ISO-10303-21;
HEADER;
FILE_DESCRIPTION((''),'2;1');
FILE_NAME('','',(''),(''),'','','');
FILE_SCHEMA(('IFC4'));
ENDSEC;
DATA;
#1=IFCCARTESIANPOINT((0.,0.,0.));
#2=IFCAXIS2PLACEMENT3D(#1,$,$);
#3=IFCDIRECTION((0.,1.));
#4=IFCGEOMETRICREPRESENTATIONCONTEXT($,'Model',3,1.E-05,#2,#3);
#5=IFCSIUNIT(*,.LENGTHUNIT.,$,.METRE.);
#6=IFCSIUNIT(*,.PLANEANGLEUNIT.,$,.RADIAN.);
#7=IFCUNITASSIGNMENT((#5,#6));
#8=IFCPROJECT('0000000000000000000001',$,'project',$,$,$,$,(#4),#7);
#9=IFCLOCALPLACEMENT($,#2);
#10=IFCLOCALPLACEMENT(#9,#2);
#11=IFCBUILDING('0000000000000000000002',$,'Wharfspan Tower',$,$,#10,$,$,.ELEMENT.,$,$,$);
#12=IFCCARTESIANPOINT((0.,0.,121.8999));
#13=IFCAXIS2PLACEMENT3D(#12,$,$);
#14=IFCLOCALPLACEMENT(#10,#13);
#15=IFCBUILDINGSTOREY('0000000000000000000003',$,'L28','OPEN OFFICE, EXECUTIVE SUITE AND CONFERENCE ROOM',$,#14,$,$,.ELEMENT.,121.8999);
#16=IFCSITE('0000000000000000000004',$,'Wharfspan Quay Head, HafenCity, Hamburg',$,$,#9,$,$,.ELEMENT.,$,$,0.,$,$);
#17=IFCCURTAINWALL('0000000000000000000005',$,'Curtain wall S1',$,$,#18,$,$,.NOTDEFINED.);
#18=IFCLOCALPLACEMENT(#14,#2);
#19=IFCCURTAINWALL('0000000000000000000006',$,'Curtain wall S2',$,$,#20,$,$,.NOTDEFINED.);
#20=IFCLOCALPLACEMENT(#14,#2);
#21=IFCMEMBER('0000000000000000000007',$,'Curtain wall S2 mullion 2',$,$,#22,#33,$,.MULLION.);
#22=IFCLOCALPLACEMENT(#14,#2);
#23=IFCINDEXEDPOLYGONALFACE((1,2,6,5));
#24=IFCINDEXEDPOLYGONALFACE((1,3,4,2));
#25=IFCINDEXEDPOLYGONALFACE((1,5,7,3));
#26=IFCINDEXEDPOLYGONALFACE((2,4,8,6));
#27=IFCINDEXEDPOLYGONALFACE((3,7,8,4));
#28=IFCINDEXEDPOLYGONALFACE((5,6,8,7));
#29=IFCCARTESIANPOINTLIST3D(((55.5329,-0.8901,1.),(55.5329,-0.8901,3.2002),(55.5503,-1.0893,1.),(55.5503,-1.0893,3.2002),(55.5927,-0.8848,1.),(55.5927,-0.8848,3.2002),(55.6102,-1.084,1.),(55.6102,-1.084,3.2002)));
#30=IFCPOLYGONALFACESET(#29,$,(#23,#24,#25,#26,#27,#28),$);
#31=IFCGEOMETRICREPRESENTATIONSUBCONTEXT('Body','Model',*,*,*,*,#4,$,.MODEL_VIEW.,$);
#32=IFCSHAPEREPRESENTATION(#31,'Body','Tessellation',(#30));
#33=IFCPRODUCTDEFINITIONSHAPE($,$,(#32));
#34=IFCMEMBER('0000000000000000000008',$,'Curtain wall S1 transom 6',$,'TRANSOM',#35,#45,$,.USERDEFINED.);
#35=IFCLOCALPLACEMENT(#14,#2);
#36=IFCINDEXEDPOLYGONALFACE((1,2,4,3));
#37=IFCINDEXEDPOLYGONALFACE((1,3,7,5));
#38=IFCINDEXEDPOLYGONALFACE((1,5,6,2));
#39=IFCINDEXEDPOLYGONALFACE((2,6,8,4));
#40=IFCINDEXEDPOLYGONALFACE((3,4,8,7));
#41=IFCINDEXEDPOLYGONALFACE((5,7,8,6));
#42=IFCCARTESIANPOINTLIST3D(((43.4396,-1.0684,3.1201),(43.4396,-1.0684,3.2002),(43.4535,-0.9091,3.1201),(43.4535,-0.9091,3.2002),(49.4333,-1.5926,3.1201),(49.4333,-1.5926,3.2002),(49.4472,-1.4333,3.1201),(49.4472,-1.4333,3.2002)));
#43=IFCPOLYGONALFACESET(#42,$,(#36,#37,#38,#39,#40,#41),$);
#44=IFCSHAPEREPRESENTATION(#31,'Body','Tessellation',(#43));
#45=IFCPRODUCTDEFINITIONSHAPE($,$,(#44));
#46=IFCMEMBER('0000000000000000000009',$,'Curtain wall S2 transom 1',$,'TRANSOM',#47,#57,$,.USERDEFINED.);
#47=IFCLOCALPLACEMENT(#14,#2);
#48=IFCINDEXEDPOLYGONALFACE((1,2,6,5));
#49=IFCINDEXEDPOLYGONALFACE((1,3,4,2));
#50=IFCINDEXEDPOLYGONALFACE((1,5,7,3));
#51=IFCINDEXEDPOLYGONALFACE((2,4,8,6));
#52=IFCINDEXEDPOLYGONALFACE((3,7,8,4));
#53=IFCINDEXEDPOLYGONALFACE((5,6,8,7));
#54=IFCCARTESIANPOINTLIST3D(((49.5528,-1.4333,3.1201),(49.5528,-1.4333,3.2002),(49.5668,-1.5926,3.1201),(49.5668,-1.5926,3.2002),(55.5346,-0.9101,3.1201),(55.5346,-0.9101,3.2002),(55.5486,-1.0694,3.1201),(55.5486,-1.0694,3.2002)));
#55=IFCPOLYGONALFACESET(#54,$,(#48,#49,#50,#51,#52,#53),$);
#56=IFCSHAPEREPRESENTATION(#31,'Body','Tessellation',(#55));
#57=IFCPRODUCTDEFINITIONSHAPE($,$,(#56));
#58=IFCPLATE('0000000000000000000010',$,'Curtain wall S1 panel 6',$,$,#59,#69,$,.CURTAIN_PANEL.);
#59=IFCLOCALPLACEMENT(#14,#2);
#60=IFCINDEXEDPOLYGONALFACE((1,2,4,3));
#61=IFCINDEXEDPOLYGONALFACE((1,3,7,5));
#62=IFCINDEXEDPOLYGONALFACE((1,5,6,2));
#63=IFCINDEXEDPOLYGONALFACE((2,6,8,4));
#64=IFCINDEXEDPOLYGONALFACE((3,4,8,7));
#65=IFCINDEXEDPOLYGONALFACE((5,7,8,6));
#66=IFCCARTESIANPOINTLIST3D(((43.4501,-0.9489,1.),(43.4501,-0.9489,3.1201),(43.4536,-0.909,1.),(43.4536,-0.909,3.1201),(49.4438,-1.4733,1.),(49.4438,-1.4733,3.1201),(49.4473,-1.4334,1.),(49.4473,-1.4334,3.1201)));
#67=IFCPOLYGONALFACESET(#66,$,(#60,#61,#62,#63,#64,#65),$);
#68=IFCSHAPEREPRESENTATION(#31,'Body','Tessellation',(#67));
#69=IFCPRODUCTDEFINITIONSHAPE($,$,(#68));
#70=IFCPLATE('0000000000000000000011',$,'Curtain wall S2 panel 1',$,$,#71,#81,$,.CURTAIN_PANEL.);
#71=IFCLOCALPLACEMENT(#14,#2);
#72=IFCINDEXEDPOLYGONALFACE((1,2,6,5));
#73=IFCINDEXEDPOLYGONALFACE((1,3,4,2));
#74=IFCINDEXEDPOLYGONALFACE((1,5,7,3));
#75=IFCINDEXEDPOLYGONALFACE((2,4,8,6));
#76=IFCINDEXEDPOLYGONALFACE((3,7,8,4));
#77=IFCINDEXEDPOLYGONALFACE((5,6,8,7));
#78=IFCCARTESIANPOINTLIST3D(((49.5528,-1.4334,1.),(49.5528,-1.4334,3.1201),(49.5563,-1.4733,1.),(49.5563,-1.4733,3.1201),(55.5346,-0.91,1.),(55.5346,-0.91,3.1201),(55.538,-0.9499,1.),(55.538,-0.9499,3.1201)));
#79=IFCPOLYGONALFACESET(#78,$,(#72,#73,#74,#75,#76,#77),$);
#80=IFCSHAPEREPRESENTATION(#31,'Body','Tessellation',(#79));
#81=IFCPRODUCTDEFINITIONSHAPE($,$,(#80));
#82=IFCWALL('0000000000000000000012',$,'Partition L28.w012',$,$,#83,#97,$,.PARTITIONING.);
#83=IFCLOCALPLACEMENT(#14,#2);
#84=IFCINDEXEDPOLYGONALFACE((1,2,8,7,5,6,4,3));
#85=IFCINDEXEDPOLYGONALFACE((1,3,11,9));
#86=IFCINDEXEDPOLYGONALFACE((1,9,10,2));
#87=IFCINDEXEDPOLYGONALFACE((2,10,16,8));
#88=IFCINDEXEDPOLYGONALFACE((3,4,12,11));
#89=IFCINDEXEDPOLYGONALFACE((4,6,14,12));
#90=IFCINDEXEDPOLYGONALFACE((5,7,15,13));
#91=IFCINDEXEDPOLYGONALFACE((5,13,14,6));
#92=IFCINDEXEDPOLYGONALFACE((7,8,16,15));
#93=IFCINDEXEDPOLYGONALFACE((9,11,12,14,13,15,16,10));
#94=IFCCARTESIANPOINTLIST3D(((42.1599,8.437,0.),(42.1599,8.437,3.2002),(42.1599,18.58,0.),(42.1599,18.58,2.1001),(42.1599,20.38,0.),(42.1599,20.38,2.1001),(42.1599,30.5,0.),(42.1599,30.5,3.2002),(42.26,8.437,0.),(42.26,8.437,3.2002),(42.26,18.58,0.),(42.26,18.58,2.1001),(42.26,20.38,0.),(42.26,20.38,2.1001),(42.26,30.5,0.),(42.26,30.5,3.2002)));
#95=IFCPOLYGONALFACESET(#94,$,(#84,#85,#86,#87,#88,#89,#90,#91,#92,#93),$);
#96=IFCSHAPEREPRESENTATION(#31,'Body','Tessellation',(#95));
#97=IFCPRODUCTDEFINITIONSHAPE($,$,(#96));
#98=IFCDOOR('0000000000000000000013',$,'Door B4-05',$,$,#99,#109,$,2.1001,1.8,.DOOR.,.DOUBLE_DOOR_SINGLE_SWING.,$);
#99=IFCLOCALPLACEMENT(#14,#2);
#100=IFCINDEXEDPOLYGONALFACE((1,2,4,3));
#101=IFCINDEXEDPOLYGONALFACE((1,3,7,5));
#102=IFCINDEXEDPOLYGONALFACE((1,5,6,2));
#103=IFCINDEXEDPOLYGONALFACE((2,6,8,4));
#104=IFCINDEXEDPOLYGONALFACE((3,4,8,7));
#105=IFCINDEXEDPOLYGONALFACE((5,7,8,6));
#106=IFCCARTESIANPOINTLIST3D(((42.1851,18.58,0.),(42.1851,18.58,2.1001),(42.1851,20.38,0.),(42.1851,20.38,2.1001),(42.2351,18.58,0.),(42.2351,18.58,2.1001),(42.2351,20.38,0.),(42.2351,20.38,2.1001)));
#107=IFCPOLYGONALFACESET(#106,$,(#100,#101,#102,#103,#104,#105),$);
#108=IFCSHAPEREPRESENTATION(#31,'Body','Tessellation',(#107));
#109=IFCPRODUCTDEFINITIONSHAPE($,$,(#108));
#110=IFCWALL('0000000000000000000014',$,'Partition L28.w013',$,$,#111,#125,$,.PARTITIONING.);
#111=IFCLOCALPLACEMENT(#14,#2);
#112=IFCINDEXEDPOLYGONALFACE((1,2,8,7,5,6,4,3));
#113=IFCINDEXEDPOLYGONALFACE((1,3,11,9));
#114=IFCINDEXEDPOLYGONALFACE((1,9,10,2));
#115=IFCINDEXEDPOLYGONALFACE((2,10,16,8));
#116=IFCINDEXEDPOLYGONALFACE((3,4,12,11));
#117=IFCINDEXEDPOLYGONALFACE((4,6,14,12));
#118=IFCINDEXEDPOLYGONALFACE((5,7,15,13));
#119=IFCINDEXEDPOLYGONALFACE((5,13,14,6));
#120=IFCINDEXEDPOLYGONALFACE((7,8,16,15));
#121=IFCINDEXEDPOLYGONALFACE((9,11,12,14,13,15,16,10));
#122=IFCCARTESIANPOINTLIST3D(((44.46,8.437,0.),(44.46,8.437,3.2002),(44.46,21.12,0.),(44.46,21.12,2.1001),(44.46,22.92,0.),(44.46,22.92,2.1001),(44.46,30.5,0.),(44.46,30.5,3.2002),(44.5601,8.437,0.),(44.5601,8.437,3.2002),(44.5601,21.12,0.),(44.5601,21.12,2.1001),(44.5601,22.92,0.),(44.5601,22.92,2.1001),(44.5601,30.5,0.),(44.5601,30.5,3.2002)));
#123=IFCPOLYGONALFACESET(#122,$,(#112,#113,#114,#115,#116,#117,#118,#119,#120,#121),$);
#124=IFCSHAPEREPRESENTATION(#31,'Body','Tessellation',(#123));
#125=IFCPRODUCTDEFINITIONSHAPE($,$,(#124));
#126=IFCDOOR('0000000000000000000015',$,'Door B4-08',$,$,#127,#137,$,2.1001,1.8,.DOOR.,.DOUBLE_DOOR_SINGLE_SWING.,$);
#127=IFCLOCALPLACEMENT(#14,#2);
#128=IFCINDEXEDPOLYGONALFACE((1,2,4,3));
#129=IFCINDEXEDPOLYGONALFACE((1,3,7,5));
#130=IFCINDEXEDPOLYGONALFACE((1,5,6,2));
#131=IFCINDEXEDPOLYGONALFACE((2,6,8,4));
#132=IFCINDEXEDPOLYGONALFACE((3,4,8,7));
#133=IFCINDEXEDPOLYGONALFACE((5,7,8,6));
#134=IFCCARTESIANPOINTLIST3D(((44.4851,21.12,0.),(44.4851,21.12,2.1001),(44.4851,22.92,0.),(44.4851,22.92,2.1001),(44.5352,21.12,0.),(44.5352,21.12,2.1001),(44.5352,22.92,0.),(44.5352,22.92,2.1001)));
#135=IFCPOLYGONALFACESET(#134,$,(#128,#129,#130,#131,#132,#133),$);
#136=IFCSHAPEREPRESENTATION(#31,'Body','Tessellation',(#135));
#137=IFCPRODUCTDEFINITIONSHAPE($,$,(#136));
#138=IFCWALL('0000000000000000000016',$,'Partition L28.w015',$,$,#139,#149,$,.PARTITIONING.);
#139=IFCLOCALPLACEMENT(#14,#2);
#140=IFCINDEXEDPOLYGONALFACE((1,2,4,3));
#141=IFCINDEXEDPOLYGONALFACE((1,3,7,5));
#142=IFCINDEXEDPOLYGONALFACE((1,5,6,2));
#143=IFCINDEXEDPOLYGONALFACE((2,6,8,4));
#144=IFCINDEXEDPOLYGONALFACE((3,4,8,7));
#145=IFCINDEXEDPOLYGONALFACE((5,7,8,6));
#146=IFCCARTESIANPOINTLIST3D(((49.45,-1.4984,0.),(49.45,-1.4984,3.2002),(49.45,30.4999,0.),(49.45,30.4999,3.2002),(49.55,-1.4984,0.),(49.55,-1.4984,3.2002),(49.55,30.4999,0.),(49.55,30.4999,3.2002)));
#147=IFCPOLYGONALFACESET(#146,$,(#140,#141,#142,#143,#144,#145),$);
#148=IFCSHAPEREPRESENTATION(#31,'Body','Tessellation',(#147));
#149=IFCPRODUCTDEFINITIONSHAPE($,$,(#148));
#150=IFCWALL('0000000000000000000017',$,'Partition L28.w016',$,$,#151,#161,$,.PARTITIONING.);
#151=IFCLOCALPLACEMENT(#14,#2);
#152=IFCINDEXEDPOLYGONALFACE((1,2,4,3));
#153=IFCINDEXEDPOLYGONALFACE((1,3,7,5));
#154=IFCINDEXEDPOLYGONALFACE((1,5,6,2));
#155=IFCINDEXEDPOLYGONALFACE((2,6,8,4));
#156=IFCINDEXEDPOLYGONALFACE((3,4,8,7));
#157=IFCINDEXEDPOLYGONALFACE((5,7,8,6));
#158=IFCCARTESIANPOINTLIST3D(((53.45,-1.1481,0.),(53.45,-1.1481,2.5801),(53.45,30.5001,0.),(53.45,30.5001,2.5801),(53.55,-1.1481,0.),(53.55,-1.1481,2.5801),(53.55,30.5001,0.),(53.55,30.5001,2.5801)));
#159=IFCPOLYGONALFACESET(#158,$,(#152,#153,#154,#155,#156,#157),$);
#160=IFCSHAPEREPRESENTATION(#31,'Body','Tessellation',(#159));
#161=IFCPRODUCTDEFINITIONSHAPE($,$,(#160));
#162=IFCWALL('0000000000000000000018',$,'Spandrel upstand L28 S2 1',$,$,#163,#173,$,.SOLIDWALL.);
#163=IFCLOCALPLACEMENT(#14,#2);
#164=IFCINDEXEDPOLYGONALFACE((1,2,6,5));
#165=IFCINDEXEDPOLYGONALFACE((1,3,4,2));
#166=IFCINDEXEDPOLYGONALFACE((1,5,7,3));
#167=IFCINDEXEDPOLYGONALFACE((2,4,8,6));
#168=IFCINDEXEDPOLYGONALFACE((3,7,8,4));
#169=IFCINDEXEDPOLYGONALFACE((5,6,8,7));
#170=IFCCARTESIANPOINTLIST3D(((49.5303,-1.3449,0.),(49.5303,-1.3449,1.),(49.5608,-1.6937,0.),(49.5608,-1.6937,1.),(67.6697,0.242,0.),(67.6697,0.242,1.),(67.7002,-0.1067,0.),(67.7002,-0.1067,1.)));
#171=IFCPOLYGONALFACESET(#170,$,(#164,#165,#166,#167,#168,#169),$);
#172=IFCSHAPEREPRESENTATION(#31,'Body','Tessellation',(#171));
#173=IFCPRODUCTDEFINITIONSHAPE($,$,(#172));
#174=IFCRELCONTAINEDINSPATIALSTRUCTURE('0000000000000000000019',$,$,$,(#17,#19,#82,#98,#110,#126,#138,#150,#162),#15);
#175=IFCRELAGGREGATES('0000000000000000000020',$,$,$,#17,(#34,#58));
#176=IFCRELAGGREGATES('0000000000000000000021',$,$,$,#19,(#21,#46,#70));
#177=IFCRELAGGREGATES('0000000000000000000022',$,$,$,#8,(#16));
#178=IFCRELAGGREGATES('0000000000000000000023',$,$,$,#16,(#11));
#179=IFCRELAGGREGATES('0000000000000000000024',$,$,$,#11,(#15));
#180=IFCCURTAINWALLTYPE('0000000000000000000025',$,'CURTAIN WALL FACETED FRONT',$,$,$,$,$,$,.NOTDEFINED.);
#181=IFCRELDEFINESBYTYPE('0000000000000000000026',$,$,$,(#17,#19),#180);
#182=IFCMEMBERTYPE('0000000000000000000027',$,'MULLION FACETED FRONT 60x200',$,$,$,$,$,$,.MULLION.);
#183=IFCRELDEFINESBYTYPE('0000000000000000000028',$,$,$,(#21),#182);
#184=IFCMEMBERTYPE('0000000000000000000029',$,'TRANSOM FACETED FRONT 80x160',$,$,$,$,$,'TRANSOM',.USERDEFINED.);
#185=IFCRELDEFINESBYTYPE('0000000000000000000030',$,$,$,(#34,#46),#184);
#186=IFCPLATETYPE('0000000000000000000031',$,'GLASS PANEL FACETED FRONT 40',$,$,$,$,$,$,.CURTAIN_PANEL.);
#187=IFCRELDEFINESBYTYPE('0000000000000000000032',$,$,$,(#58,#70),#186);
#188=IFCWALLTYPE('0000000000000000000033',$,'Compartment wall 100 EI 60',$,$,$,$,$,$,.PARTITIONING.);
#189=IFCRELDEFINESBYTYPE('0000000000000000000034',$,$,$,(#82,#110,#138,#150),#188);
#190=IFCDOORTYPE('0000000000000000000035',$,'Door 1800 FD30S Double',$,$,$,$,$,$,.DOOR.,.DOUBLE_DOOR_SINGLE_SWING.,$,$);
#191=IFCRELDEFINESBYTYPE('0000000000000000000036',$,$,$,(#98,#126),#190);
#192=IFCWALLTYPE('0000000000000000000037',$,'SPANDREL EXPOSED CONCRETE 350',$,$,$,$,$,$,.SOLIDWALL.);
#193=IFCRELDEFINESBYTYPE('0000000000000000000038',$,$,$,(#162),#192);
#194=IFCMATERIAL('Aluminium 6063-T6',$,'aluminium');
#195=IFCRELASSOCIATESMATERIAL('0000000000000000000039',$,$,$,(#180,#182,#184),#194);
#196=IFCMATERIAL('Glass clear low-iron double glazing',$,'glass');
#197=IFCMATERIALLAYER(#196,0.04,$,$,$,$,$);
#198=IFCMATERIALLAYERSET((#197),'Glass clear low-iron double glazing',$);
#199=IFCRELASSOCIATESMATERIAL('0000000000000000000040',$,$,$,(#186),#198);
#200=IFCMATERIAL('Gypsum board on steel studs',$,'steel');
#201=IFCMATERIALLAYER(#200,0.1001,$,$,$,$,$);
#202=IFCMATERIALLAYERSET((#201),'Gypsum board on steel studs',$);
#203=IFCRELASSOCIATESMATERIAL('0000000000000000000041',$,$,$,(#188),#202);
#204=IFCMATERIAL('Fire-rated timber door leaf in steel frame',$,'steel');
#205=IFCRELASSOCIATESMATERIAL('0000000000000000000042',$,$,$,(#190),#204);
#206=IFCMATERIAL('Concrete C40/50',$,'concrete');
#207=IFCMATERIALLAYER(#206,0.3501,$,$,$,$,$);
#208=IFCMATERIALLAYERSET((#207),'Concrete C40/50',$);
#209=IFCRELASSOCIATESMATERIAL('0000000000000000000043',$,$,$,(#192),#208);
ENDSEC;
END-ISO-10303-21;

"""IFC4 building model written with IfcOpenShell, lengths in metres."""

from ifc_helpers import new_model, si_unit, direction, frame, frame_2d, origin, origin_2d, place, context, subcontext, project, spatial, rectangle, extrude, material, layer, layer_set, material_profile, profile_set, type_object, element, fill, aggregate, save


model = new_model("IFC4")

# Units and contexts
model_context = context("Model", 3, precision=1e-05, world=origin(), true_north=direction((0.0, 1.0)))
body_context = subcontext(model_context, "Body", "Model", "MODEL_VIEW")
ifc_project = project(units=[si_unit("LENGTHUNIT", "METRE"), si_unit("PLANEANGLEUNIT", "RADIAN")], contexts=[model_context])

# Site, building, storey
site_placement = place(None, origin())
site = spatial("IfcSite", under=ifc_project, at=site_placement, Name="Wharfspan Quay Head, HafenCity, Hamburg", CompositionType="ELEMENT", RefElevation=0.0)
building_placement = place(site_placement, origin())
building = spatial("IfcBuilding", under=site, at=building_placement, Name="Wharfspan Tower", CompositionType="ELEMENT")
storey_placement = place(building_placement, frame((0.0, 0.0, 121.8999)))
storey = spatial("IfcBuildingStorey", under=building, at=storey_placement, Name="L28", Description="OPEN OFFICE, EXECUTIVE SUITE AND CONFERENCE ROOM", CompositionType="ELEMENT", Elevation=121.8999)

# Curtain walls, member
ifc_material_1 = material(Name="Aluminium 6063-T6", Category="aluminium")
curtain_wall_type = type_object("IfcCurtainWallType", Name="CURTAIN WALL FACETED FRONT", PredefinedType="NOTDEFINED", material=ifc_material_1)
curtain_wall_1_placement = place(storey_placement, origin())
curtain_wall_1 = element("IfcCurtainWall", 1, at=curtain_wall_1_placement, inside=storey, type_object=curtain_wall_type, Name="Curtain wall S1", PredefinedType="NOTDEFINED")
ifc_material_profile_1 = material_profile(ifc_material_1, rectangle(XDim=0.2, YDim=0.0601, at=origin_2d()))
ifc_profile_set_1 = profile_set([ifc_material_profile_1], Name="Aluminium 6063-T6")
member_type_1 = type_object("IfcMemberType", Name="MULLION FACETED FRONT 60x200", PredefinedType="MULLION", material=ifc_profile_set_1)
curtain_wall_2_placement = place(storey_placement, origin())
curtain_wall_2 = element("IfcCurtainWall", 2, at=curtain_wall_2_placement, inside=storey, type_object=curtain_wall_type, Name="Curtain wall S2", PredefinedType="NOTDEFINED")
member_1_placement = place(storey_placement, frame((55.5715, -0.9871, 1.0), z_axis=(0.0, 0.0, 1.0), x_axis=(-0.087156, 0.996198, 0.0)))
member_1 = element("IfcMember", 3, at=member_1_placement, type_object=member_type_1, Name="Curtain wall S2 mullion 2", PredefinedType="MULLION", context=body_context, shape_type="SweptSolid", body=[
    extrude(rectangle(XDim=0.2, YDim=0.0601, at=origin_2d()), origin(), (0.0, 0.0, 1.0), 2.2002),
])

# Members
ifc_material_profile_2 = material_profile(ifc_material_1, rectangle(XDim=0.1599, YDim=0.0801, at=origin_2d()))
ifc_profile_set_2 = profile_set([ifc_material_profile_2], Name="Aluminium 6063-T6")
member_type_2 = type_object("IfcMemberType", Name="TRANSOM FACETED FRONT 80x160", ElementType="TRANSOM", PredefinedType="USERDEFINED", material=ifc_profile_set_2)
member_2_placement = place(storey_placement, frame((43.4465, -0.9888, 3.1602), z_axis=(0.996198, -0.087122, 0.0), x_axis=(0.087122, 0.996198, 0.0)))
member_2 = element("IfcMember", 4, at=member_2_placement, type_object=member_type_2, Name="Curtain wall S1 transom 6", ObjectType="TRANSOM", PredefinedType="USERDEFINED", context=body_context, shape_type="SweptSolid", body=[
    extrude(rectangle(XDim=0.1599, YDim=0.0801, at=origin_2d()), origin(), (0.0, 0.0, 1.0), 6.0166),
])
member_3_placement = place(storey_placement, frame((49.5598, -1.5129, 3.1602), z_axis=(0.996197, 0.087133, 0.0), x_axis=(-0.087133, 0.996197, 0.0)))
member_3 = element("IfcMember", 5, at=member_3_placement, type_object=member_type_2, Name="Curtain wall S2 transom 1", ObjectType="TRANSOM", PredefinedType="USERDEFINED", context=body_context, shape_type="SweptSolid", body=[
    extrude(rectangle(XDim=0.1599, YDim=0.0801, at=origin_2d()), origin(), (0.0, 0.0, 1.0), 6.0046),
])

# Plates
ifc_material_2 = material(Name="Glass clear low-iron double glazing", Category="glass")
ifc_layer_1 = layer(ifc_material_2, 0.04)
ifc_layer_set_1 = layer_set([ifc_layer_1], Name="Glass clear low-iron double glazing")
plate_type = type_object("IfcPlateType", Name="GLASS PANEL FACETED FRONT 40", PredefinedType="CURTAIN_PANEL", material=ifc_layer_set_1)
plate_1_placement = place(storey_placement, frame((46.4487, -1.1912, 1.0), z_axis=(0.0, 0.0, 1.0), x_axis=(0.996198, -0.087156, 0.0)))
plate_1 = element("IfcPlate", 6, at=plate_1_placement, type_object=plate_type, Name="Curtain wall S1 panel 6", PredefinedType="CURTAIN_PANEL", context=body_context, shape_type="SweptSolid", body=[
    extrude(rectangle(XDim=6.0166, YDim=0.04, at=origin_2d()), origin(), (0.0, 0.0, 1.0), 2.1201),
])
aggregate(curtain_wall_1, [member_2, plate_1])
plate_2_placement = place(storey_placement, frame((52.5454, -1.1917, 1.0), z_axis=(0.0, 0.0, 1.0), x_axis=(0.996198, 0.087156, 0.0)))
plate_2 = element("IfcPlate", 7, at=plate_2_placement, type_object=plate_type, Name="Curtain wall S2 panel 1", PredefinedType="CURTAIN_PANEL", context=body_context, shape_type="SweptSolid", body=[
    extrude(rectangle(XDim=6.0046, YDim=0.04, at=origin_2d()), origin(), (0.0, 0.0, 1.0), 2.1201),
])
aggregate(curtain_wall_2, [member_1, member_3, plate_2])

# Walls, openings, doors
ifc_material_3 = material(Name="Gypsum board on steel studs", Category="steel")
ifc_layer_2 = layer(ifc_material_3, 0.1001)
ifc_layer_set_2 = layer_set([ifc_layer_2], Name="Gypsum board on steel studs")
wall_type_1 = type_object("IfcWallType", Name="Compartment wall 100 EI 60", PredefinedType="PARTITIONING", material=ifc_layer_set_2)
wall_1_placement = place(storey_placement, frame((42.21, 8.437, 0.0), z_axis=(0.0, 0.0, 1.0), x_axis=(0.0, 1.0, 0.0)))
wall_1 = element("IfcWall", 8, at=wall_1_placement, inside=storey, type_object=wall_type_1, Name="Partition L28.w012", PredefinedType="PARTITIONING", context=body_context, shape_type="SweptSolid", body=[
    extrude(rectangle(XDim=22.063, YDim=0.1001, at=frame_2d((11.0315, 0.0))), origin(), (0.0, 0.0, 1.0), 3.2002),
])
opening_1_placement = place(wall_1_placement, frame((10.1431, 0.0, 0.0)))
opening_1 = element("IfcOpeningElement", 9, at=opening_1_placement, cuts=wall_1, PredefinedType="OPENING", context=body_context, shape_type="SweptSolid", body=[
    extrude(rectangle(XDim=1.8, YDim=2.1001, at=frame_2d((0.8999, 1.05))), frame((0.0, 0.0601, 0.0), z_axis=(0.0, -1.0, 0.0), x_axis=(1.0, 0.0, 0.0)), (0.0, 0.0, 1.0), 0.1201),
])
ifc_material_4 = material(Name="Fire-rated timber door leaf in steel frame", Category="steel")
door_type = type_object("IfcDoorType", Name="Door 1800 FD30S Double", OperationType="DOUBLE_DOOR_SINGLE_SWING", PredefinedType="DOOR", material=ifc_material_4)
door_1_placement = place(opening_1_placement, origin())
door_1 = element("IfcDoor", 10, at=door_1_placement, inside=storey, type_object=door_type, Name="Door B4-05", OperationType="DOUBLE_DOOR_SINGLE_SWING", OverallHeight=2.1001, OverallWidth=1.8, PredefinedType="DOOR", context=body_context, shape_type="SweptSolid", body=[
    extrude(rectangle(XDim=1.8, YDim=2.1001, at=frame_2d((0.8999, 1.05))), frame((0.0, 0.0249, 0.0), z_axis=(0.0, -1.0, 0.0), x_axis=(1.0, 0.0, 0.0)), (0.0, 0.0, 1.0), 0.05),
])
fill(opening_1, door_1)
wall_2_placement = place(storey_placement, frame((44.51, 8.437, 0.0), z_axis=(0.0, 0.0, 1.0), x_axis=(0.0, 1.0, 0.0)))
wall_2 = element("IfcWall", 11, at=wall_2_placement, inside=storey, type_object=wall_type_1, Name="Partition L28.w013", PredefinedType="PARTITIONING", context=body_context, shape_type="SweptSolid", body=[
    extrude(rectangle(XDim=22.063, YDim=0.1001, at=frame_2d((11.0315, 0.0))), origin(), (0.0, 0.0, 1.0), 3.2002),
])
opening_2_placement = place(wall_2_placement, frame((12.6831, 0.0, 0.0)))
opening_2 = element("IfcOpeningElement", 12, at=opening_2_placement, cuts=wall_2, PredefinedType="OPENING", context=body_context, shape_type="SweptSolid", body=[
    extrude(rectangle(XDim=1.8, YDim=2.1001, at=frame_2d((0.8999, 1.05))), frame((0.0, 0.0601, 0.0), z_axis=(0.0, -1.0, 0.0), x_axis=(1.0, 0.0, 0.0)), (0.0, 0.0, 1.0), 0.1201),
])
door_2_placement = place(opening_2_placement, origin())
door_2 = element("IfcDoor", 13, at=door_2_placement, inside=storey, type_object=door_type, Name="Door B4-08", OperationType="DOUBLE_DOOR_SINGLE_SWING", OverallHeight=2.1001, OverallWidth=1.8, PredefinedType="DOOR", context=body_context, shape_type="SweptSolid", body=[
    extrude(rectangle(XDim=1.8, YDim=2.1001, at=frame_2d((0.8999, 1.05))), frame((0.0, 0.0249, 0.0), z_axis=(0.0, -1.0, 0.0), x_axis=(1.0, 0.0, 0.0)), (0.0, 0.0, 1.0), 0.05),
])
fill(opening_2, door_2)

# Walls
wall_3_placement = place(storey_placement, frame((49.5, -1.4983, 0.0), z_axis=(0.0, 0.0, 1.0), x_axis=(0.0, 1.0, 0.0)))
element("IfcWall", 14, at=wall_3_placement, inside=storey, type_object=wall_type_1, Name="Partition L28.w015", PredefinedType="PARTITIONING", context=body_context, shape_type="SweptSolid", body=[
    extrude(rectangle(XDim=31.9983, YDim=0.1001, at=frame_2d((15.999, 0.0))), origin(), (0.0, 0.0, 1.0), 3.2002),
])
wall_4_placement = place(storey_placement, frame((53.5, -1.1482, 0.0), z_axis=(0.0, 0.0, 1.0), x_axis=(0.0, 1.0, 0.0)))
element("IfcWall", 15, at=wall_4_placement, inside=storey, type_object=wall_type_1, Name="Partition L28.w016", PredefinedType="PARTITIONING", context=body_context, shape_type="SweptSolid", body=[
    extrude(rectangle(XDim=31.6482, YDim=0.1001, at=frame_2d((15.8242, 0.0))), origin(), (0.0, 0.0, 1.0), 2.5801),
])
ifc_material_5 = material(Name="Concrete C40/50", Category="concrete")
ifc_layer_3 = layer(ifc_material_5, 0.3501)
ifc_layer_set_3 = layer_set([ifc_layer_3], Name="Concrete C40/50")
wall_type_2 = type_object("IfcWallType", Name="SPANDREL EXPOSED CONCRETE 350", PredefinedType="SOLIDWALL", material=ifc_layer_set_3)
wall_5_placement = place(storey_placement, frame((49.5454, -1.5193, 0.0), z_axis=(0.0, 0.0, 1.0), x_axis=(0.996191, 0.087151, 0.0)))
element("IfcWall", 16, at=wall_5_placement, inside=storey, type_object=wall_type_2, Name="Spandrel upstand L28 S2 1", PredefinedType="SOLIDWALL", context=body_context, shape_type="SweptSolid", body=[
    extrude(rectangle(XDim=18.2087, YDim=0.3501, at=frame_2d((9.1045, 0.0))), origin(), (0.0, 0.0, 1.0), 1.0),
])

save(model, "model.ifc")
